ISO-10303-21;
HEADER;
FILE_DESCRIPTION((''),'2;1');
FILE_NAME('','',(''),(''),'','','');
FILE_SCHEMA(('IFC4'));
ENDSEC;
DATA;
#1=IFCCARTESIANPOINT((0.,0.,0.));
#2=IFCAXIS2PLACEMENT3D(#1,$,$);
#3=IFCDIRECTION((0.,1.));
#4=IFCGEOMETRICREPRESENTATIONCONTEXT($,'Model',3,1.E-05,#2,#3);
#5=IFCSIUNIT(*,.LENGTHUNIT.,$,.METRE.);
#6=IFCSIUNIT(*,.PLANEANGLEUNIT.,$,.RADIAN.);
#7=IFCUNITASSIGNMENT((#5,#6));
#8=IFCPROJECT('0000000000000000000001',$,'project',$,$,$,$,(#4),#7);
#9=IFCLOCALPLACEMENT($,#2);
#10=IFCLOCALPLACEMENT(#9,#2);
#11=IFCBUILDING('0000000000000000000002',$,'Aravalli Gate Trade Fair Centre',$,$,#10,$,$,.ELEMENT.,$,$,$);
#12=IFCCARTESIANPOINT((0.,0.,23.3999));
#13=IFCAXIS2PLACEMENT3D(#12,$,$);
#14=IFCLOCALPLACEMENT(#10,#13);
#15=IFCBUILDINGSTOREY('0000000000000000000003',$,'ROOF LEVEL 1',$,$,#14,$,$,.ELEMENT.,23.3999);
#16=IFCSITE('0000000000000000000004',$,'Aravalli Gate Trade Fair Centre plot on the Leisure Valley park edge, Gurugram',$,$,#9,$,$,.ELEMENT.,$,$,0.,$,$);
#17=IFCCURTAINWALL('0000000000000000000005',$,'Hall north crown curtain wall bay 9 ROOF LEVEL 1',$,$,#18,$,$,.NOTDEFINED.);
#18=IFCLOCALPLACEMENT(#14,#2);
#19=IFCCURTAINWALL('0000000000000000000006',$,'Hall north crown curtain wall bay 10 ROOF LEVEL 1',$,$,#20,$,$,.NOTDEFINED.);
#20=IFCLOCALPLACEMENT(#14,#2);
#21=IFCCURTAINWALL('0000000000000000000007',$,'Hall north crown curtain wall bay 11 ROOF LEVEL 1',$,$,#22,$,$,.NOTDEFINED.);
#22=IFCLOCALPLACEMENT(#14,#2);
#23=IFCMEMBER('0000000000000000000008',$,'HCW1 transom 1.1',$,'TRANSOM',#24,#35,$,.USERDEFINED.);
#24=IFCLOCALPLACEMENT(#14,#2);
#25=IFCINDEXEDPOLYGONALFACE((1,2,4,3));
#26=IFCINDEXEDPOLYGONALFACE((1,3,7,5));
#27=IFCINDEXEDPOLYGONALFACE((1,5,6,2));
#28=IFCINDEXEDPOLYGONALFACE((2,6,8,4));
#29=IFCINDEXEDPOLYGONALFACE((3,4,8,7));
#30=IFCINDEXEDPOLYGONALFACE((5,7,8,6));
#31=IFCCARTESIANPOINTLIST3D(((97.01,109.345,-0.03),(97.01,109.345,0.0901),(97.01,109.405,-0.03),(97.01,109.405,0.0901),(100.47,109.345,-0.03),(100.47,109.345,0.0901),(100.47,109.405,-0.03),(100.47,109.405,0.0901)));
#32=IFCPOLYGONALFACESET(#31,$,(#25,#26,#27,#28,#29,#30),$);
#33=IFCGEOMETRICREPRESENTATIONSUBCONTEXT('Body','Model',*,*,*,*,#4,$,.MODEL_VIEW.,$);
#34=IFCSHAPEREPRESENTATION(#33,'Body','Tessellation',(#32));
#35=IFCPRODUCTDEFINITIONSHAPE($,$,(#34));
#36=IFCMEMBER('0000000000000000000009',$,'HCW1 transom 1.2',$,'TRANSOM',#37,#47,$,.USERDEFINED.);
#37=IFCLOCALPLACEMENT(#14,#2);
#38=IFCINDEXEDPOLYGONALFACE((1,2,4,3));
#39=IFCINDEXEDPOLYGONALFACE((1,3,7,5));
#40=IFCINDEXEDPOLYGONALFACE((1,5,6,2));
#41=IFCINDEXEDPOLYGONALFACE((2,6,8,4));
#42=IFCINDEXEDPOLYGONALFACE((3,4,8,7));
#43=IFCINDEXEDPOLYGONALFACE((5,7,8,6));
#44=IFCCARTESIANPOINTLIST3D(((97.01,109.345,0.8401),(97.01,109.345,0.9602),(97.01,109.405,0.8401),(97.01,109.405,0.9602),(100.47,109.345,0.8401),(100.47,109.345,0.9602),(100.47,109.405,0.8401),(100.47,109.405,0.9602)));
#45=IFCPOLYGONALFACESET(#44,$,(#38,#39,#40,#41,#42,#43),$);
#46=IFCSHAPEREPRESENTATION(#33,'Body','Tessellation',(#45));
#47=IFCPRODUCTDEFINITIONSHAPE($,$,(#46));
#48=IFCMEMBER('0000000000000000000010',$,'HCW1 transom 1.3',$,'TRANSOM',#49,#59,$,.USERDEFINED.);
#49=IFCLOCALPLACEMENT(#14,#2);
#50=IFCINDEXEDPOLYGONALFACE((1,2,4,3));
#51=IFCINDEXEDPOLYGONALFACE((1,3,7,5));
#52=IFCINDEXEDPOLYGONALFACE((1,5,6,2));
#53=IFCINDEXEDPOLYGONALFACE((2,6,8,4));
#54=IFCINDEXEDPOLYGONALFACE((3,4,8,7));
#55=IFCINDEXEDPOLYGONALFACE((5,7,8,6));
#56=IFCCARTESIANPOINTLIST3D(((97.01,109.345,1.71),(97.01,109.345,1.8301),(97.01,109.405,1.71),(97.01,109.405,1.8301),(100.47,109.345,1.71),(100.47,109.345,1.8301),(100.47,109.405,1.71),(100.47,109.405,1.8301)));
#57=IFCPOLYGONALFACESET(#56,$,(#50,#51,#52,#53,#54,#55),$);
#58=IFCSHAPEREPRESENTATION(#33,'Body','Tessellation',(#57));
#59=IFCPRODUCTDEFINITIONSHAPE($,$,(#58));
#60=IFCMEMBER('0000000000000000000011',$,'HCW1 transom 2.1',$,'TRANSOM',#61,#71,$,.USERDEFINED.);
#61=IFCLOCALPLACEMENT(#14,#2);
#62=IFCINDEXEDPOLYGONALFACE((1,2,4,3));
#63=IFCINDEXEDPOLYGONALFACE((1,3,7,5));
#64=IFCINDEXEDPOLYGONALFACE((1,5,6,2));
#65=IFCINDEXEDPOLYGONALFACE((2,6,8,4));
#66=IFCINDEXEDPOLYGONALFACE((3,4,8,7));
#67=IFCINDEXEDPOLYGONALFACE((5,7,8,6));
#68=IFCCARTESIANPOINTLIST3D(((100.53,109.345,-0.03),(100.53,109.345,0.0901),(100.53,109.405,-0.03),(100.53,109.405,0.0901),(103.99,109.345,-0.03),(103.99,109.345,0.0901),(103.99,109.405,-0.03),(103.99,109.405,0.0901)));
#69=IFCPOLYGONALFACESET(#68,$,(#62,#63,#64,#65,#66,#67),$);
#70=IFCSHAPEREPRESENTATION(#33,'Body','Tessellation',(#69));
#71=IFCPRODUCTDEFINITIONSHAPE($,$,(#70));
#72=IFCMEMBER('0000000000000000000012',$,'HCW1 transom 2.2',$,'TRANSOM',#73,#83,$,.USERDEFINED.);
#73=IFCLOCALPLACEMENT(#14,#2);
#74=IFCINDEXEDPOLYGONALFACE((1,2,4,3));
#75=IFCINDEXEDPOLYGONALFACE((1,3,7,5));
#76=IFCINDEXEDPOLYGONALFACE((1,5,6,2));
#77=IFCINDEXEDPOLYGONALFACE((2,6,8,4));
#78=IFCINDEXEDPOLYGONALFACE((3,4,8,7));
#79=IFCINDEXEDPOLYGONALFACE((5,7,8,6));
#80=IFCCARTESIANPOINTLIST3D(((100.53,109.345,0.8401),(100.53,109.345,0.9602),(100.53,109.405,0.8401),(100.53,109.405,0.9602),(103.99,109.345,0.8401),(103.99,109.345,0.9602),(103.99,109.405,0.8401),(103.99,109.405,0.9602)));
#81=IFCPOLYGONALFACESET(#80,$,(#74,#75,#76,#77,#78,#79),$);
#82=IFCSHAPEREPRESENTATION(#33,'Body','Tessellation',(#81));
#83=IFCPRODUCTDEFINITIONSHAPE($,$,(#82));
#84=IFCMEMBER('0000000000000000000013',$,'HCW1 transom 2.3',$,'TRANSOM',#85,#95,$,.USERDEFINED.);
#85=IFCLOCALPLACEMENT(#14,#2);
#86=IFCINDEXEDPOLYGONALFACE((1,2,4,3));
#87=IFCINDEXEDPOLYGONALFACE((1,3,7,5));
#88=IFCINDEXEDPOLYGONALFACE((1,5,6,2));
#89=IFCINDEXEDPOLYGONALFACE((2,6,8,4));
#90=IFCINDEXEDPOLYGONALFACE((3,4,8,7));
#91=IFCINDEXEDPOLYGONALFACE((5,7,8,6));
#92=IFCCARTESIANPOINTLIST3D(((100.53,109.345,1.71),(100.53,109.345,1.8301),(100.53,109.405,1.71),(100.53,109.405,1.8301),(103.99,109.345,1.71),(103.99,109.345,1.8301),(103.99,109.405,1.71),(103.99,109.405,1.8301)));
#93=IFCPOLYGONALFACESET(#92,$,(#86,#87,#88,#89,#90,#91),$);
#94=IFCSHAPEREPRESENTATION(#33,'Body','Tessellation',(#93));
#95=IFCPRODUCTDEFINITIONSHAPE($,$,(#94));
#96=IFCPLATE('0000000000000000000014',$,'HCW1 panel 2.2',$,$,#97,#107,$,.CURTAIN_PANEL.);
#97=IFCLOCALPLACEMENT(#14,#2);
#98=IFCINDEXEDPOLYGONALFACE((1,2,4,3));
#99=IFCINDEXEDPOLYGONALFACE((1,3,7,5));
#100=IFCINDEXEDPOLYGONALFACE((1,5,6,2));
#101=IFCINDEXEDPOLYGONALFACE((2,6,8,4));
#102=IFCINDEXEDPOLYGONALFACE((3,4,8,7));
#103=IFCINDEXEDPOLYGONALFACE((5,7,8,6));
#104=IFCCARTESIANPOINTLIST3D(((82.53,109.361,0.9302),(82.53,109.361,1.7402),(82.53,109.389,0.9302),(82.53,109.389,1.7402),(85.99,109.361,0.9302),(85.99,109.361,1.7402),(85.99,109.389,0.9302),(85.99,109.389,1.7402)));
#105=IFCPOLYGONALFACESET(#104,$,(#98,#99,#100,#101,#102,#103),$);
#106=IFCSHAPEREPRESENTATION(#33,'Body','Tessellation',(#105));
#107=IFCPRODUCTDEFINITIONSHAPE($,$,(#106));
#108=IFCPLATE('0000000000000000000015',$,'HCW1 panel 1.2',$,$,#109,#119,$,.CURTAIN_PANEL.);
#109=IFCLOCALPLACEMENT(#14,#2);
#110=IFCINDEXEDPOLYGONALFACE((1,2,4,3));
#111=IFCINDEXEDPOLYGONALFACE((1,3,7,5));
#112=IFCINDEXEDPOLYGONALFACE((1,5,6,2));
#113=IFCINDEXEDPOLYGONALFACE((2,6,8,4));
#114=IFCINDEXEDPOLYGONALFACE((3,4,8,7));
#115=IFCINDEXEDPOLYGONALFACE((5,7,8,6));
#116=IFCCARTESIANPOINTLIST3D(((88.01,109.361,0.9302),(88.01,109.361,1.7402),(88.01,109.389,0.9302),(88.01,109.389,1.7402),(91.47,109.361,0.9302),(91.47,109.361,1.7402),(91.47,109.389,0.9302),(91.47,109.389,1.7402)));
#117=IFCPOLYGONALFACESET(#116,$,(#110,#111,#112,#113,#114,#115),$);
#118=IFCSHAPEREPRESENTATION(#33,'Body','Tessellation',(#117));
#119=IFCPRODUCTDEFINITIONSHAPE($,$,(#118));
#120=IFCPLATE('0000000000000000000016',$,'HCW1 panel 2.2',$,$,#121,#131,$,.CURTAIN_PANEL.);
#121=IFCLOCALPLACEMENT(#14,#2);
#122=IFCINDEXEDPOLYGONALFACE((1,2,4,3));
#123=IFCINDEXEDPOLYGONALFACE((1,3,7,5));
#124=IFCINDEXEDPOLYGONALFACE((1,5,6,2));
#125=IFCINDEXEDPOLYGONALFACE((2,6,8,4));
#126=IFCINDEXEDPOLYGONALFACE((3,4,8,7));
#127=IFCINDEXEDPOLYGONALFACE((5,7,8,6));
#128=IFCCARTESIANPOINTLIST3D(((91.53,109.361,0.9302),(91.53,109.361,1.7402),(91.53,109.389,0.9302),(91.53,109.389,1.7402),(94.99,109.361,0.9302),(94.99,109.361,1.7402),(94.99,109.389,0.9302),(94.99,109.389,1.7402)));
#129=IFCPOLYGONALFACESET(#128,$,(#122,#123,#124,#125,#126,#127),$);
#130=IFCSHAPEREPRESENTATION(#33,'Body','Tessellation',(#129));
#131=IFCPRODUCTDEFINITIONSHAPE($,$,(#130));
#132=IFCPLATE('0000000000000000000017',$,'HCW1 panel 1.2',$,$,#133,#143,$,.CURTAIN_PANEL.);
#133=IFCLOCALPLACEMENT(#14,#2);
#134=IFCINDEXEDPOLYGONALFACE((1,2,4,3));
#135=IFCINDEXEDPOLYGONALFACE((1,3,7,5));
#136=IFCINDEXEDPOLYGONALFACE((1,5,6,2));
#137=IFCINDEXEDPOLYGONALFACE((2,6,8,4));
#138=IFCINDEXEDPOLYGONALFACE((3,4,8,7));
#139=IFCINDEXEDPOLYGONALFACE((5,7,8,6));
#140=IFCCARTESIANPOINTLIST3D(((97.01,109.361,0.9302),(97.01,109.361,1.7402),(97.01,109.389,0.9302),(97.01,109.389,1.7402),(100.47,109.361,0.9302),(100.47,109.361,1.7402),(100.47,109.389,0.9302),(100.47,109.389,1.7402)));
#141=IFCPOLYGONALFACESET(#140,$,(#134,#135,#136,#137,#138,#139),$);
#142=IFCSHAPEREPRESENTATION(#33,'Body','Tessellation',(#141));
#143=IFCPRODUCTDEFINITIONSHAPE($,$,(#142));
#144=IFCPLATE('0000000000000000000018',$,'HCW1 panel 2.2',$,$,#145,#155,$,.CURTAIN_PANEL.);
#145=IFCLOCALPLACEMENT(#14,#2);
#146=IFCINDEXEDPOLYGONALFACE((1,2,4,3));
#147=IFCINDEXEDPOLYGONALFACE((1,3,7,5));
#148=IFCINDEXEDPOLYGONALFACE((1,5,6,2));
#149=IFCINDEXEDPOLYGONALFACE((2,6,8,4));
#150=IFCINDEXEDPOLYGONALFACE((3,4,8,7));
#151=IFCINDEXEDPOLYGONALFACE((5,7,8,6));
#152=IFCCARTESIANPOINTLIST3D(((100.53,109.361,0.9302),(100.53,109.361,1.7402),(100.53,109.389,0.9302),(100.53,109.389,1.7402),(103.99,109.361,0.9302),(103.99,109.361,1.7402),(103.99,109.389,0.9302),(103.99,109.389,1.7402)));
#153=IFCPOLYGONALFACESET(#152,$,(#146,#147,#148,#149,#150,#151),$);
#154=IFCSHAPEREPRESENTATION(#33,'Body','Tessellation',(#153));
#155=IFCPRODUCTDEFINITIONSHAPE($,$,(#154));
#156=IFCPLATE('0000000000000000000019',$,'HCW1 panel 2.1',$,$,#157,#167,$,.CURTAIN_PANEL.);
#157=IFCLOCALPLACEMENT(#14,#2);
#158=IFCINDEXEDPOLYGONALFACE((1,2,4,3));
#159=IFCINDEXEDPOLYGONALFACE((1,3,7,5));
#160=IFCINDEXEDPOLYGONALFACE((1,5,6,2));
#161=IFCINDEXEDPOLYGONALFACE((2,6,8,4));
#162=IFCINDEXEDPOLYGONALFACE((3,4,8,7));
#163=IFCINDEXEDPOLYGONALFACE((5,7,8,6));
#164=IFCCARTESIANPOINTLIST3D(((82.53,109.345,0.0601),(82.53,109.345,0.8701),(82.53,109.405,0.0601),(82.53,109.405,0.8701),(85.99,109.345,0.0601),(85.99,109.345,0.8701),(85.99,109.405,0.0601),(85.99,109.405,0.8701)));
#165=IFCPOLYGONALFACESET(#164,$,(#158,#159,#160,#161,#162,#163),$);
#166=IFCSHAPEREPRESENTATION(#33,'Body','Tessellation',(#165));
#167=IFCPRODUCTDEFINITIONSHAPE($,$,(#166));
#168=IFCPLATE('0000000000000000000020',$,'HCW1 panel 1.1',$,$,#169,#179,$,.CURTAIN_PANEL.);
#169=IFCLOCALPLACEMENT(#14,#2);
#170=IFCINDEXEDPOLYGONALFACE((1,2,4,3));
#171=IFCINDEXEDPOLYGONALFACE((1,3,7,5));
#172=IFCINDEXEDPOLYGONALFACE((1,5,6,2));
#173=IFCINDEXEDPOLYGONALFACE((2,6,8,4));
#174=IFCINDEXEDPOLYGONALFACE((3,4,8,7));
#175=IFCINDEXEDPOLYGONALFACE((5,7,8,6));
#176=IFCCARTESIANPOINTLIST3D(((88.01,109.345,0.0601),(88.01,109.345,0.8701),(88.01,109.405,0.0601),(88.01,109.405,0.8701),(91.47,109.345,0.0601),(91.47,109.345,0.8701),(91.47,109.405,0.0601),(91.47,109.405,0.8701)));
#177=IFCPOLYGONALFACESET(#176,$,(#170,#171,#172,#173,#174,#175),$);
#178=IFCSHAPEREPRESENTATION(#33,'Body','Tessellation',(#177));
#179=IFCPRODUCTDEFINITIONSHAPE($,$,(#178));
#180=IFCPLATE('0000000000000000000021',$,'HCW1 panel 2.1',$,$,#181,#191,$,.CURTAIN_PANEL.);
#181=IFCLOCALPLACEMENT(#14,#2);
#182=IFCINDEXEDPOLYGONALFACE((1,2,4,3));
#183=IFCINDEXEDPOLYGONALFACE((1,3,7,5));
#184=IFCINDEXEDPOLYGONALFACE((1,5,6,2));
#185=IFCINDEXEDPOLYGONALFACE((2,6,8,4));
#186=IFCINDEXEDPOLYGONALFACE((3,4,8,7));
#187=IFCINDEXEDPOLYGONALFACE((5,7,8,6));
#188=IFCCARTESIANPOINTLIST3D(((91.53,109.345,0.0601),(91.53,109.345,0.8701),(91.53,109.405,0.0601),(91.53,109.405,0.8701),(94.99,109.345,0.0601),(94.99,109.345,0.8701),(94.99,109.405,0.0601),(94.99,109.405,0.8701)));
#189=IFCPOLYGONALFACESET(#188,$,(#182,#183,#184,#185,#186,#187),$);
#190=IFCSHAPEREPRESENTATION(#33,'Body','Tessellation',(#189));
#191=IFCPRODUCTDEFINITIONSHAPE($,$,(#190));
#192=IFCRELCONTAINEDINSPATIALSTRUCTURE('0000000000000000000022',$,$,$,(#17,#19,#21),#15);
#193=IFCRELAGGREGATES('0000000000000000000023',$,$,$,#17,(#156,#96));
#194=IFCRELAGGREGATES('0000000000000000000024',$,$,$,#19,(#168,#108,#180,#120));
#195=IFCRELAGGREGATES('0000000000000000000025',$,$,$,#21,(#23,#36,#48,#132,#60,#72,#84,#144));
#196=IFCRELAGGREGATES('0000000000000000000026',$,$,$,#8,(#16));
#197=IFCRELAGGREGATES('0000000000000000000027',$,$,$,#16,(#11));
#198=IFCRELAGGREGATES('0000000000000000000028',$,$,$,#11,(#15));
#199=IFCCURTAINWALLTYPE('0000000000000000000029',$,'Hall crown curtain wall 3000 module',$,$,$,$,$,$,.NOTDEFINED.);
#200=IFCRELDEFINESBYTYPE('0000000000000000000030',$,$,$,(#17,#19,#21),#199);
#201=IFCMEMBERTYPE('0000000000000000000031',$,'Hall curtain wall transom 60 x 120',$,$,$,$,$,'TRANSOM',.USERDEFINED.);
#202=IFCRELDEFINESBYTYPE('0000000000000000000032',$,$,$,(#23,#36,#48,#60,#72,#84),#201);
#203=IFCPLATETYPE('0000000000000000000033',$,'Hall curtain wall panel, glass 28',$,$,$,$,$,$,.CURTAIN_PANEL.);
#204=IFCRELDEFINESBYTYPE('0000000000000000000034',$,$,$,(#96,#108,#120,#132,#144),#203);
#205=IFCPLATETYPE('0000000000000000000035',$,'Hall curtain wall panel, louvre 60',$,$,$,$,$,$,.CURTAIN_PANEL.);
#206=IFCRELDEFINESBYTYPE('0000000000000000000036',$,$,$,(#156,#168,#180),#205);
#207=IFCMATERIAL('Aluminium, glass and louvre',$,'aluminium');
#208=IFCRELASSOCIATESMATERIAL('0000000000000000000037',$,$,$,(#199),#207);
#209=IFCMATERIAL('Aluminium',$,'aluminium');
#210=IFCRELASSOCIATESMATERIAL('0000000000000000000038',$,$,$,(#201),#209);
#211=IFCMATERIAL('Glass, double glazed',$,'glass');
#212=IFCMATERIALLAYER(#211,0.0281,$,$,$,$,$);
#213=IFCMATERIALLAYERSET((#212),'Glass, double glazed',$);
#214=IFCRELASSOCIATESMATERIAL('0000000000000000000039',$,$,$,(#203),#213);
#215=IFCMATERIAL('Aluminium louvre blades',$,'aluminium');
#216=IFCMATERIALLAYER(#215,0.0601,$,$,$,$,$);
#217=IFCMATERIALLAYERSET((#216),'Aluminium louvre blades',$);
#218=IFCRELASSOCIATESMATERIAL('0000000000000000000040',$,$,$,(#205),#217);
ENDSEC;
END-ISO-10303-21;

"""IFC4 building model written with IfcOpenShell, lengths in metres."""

from ifc_helpers import new_model, si_unit, direction, frame, origin, origin_2d, place, context, subcontext, project, spatial, rectangle, extrude, material, layer, layer_set, material_profile, profile_set, type_object, element, aggregate, save


model = new_model("IFC4")

# Units and contexts
model_context = context("Model", 3, precision=1e-05, world=origin(), true_north=direction((0.0, 1.0)))
body_context = subcontext(model_context, "Body", "Model", "MODEL_VIEW")
ifc_project = project(units=[si_unit("LENGTHUNIT", "METRE"), si_unit("PLANEANGLEUNIT", "RADIAN")], contexts=[model_context])

# Site, building, storey
site_placement = place(None, origin())
site = spatial("IfcSite", under=ifc_project, at=site_placement, Name="Aravalli Gate Trade Fair Centre plot on the Leisure Valley park edge, Gurugram", CompositionType="ELEMENT", RefElevation=0.0)
building_placement = place(site_placement, origin())
building = spatial("IfcBuilding", under=site, at=building_placement, Name="Aravalli Gate Trade Fair Centre", CompositionType="ELEMENT")
storey_placement = place(building_placement, frame((0.0, 0.0, 23.3999)))
storey = spatial("IfcBuildingStorey", under=building, at=storey_placement, Name="ROOF LEVEL 1", CompositionType="ELEMENT", Elevation=23.3999)

# Curtain wall
ifc_material_1 = material(Name="Aluminium, glass and louvre", Category="aluminium")
curtain_wall_type = type_object("IfcCurtainWallType", Name="Hall crown curtain wall 3000 module", PredefinedType="NOTDEFINED", material=ifc_material_1)
curtain_wall_1_placement = place(storey_placement, origin())
curtain_wall_1 = element("IfcCurtainWall", 1, at=curtain_wall_1_placement, inside=storey, type_object=curtain_wall_type, Name="Hall north crown curtain wall bay 9 ROOF LEVEL 1", PredefinedType="NOTDEFINED")
ifc_material_2 = material(Name="Aluminium", Category="aluminium")

# Curtain walls
curtain_wall_2_placement = place(storey_placement, origin())
curtain_wall_2 = element("IfcCurtainWall", 2, at=curtain_wall_2_placement, inside=storey, type_object=curtain_wall_type, Name="Hall north crown curtain wall bay 10 ROOF LEVEL 1", PredefinedType="NOTDEFINED")
curtain_wall_3_placement = place(storey_placement, origin())
curtain_wall_3 = element("IfcCurtainWall", 3, at=curtain_wall_3_placement, inside=storey, type_object=curtain_wall_type, Name="Hall north crown curtain wall bay 11 ROOF LEVEL 1", PredefinedType="NOTDEFINED")

# Members
ifc_material_profile_1 = material_profile(ifc_material_2, rectangle(XDim=0.0601, YDim=0.1201, at=origin_2d()), Name="Hall curtain wall transom 60 x 120")
ifc_profile_set_1 = profile_set([ifc_material_profile_1], Name="Aluminium")
member_type_1 = type_object("IfcMemberType", Name="Hall curtain wall transom 60 x 120", ElementType="TRANSOM", PredefinedType="USERDEFINED", material=ifc_profile_set_1)
member_1_placement = place(storey_placement, frame((97.01, 109.375, 0.03), z_axis=(1.0, 0.0, 0.0), x_axis=(0.0, 1.0, 0.0)))
member_1 = element("IfcMember", 4, at=member_1_placement, type_object=member_type_1, Name="HCW1 transom 1.1", ObjectType="TRANSOM", PredefinedType="USERDEFINED", context=body_context, shape_type="SweptSolid", body=[
    extrude(rectangle(XDim=0.0601, YDim=0.1201, at=origin_2d()), origin(), (0.0, 0.0, 1.0), 3.46),
])
member_2_placement = place(storey_placement, frame((97.01, 109.375, 0.9001), z_axis=(1.0, 0.0, 0.0), x_axis=(0.0, 1.0, 0.0)))
member_2 = element("IfcMember", 5, at=member_2_placement, type_object=member_type_1, Name="HCW1 transom 1.2", ObjectType="TRANSOM", PredefinedType="USERDEFINED", context=body_context, shape_type="SweptSolid", body=[
    extrude(rectangle(XDim=0.0601, YDim=0.1201, at=origin_2d()), origin(), (0.0, 0.0, 1.0), 3.46),
])
member_3_placement = place(storey_placement, frame((97.01, 109.375, 1.77), z_axis=(1.0, 0.0, 0.0), x_axis=(0.0, 1.0, 0.0)))
member_3 = element("IfcMember", 6, at=member_3_placement, type_object=member_type_1, Name="HCW1 transom 1.3", ObjectType="TRANSOM", PredefinedType="USERDEFINED", context=body_context, shape_type="SweptSolid", body=[
    extrude(rectangle(XDim=0.0601, YDim=0.1201, at=origin_2d()), origin(), (0.0, 0.0, 1.0), 3.46),
])
member_4_placement = place(storey_placement, frame((100.53, 109.375, 0.03), z_axis=(1.0, 0.0, 0.0), x_axis=(0.0, 1.0, 0.0)))
member_4 = element("IfcMember", 7, at=member_4_placement, type_object=member_type_1, Name="HCW1 transom 2.1", ObjectType="TRANSOM", PredefinedType="USERDEFINED", context=body_context, shape_type="SweptSolid", body=[
    extrude(rectangle(XDim=0.0601, YDim=0.1201, at=origin_2d()), origin(), (0.0, 0.0, 1.0), 3.46),
])
member_5_placement = place(storey_placement, frame((100.53, 109.375, 0.9001), z_axis=(1.0, 0.0, 0.0), x_axis=(0.0, 1.0, 0.0)))
member_5 = element("IfcMember", 8, at=member_5_placement, type_object=member_type_1, Name="HCW1 transom 2.2", ObjectType="TRANSOM", PredefinedType="USERDEFINED", context=body_context, shape_type="SweptSolid", body=[
    extrude(rectangle(XDim=0.0601, YDim=0.1201, at=origin_2d()), origin(), (0.0, 0.0, 1.0), 3.46),
])
member_6_placement = place(storey_placement, frame((100.53, 109.375, 1.77), z_axis=(1.0, 0.0, 0.0), x_axis=(0.0, 1.0, 0.0)))
member_6 = element("IfcMember", 9, at=member_6_placement, type_object=member_type_1, Name="HCW1 transom 2.3", ObjectType="TRANSOM", PredefinedType="USERDEFINED", context=body_context, shape_type="SweptSolid", body=[
    extrude(rectangle(XDim=0.0601, YDim=0.1201, at=origin_2d()), origin(), (0.0, 0.0, 1.0), 3.46),
])

# Plates
ifc_material_3 = material(Name="Glass, double glazed", Category="glass")
ifc_layer_1 = layer(ifc_material_3, 0.0281)
ifc_layer_set_1 = layer_set([ifc_layer_1], Name="Glass, double glazed")
plate_type_1 = type_object("IfcPlateType", Name="Hall curtain wall panel, glass 28", PredefinedType="CURTAIN_PANEL", material=ifc_layer_set_1)
plate_1_placement = place(storey_placement, frame((84.26, 109.375, 0.9302), z_axis=(0.0, 0.0, 1.0), x_axis=(1.0, 0.0, 0.0)))
plate_1 = element("IfcPlate", 10, at=plate_1_placement, type_object=plate_type_1, Name="HCW1 panel 2.2", PredefinedType="CURTAIN_PANEL", context=body_context, shape_type="SweptSolid", body=[
    extrude(rectangle(XDim=3.46, YDim=0.0281, at=origin_2d()), origin(), (0.0, 0.0, 1.0), 0.8101),
])
plate_2_placement = place(storey_placement, frame((89.74, 109.375, 0.9302), z_axis=(0.0, 0.0, 1.0), x_axis=(1.0, 0.0, 0.0)))
plate_2 = element("IfcPlate", 11, at=plate_2_placement, type_object=plate_type_1, Name="HCW1 panel 1.2", PredefinedType="CURTAIN_PANEL", context=body_context, shape_type="SweptSolid", body=[
    extrude(rectangle(XDim=3.46, YDim=0.0281, at=origin_2d()), origin(), (0.0, 0.0, 1.0), 0.8101),
])
plate_3_placement = place(storey_placement, frame((93.26, 109.375, 0.9302), z_axis=(0.0, 0.0, 1.0), x_axis=(1.0, 0.0, 0.0)))
plate_3 = element("IfcPlate", 12, at=plate_3_placement, type_object=plate_type_1, Name="HCW1 panel 2.2", PredefinedType="CURTAIN_PANEL", context=body_context, shape_type="SweptSolid", body=[
    extrude(rectangle(XDim=3.46, YDim=0.0281, at=origin_2d()), origin(), (0.0, 0.0, 1.0), 0.8101),
])
plate_4_placement = place(storey_placement, frame((98.74, 109.375, 0.9302), z_axis=(0.0, 0.0, 1.0), x_axis=(1.0, 0.0, 0.0)))
plate_4 = element("IfcPlate", 13, at=plate_4_placement, type_object=plate_type_1, Name="HCW1 panel 1.2", PredefinedType="CURTAIN_PANEL", context=body_context, shape_type="SweptSolid", body=[
    extrude(rectangle(XDim=3.46, YDim=0.0281, at=origin_2d()), origin(), (0.0, 0.0, 1.0), 0.8101),
])
plate_5_placement = place(storey_placement, frame((102.26, 109.375, 0.9302), z_axis=(0.0, 0.0, 1.0), x_axis=(1.0, 0.0, 0.0)))
plate_5 = element("IfcPlate", 14, at=plate_5_placement, type_object=plate_type_1, Name="HCW1 panel 2.2", PredefinedType="CURTAIN_PANEL", context=body_context, shape_type="SweptSolid", body=[
    extrude(rectangle(XDim=3.46, YDim=0.0281, at=origin_2d()), origin(), (0.0, 0.0, 1.0), 0.8101),
])
ifc_material_4 = material(Name="Aluminium louvre blades", Category="aluminium")
ifc_layer_2 = layer(ifc_material_4, 0.0601)
ifc_layer_set_2 = layer_set([ifc_layer_2], Name="Aluminium louvre blades")
plate_type_2 = type_object("IfcPlateType", Name="Hall curtain wall panel, louvre 60", PredefinedType="CURTAIN_PANEL", material=ifc_layer_set_2)
plate_6_placement = place(storey_placement, frame((84.26, 109.375, 0.0601), z_axis=(0.0, 0.0, 1.0), x_axis=(1.0, 0.0, 0.0)))
plate_6 = element("IfcPlate", 15, at=plate_6_placement, type_object=plate_type_2, Name="HCW1 panel 2.1", PredefinedType="CURTAIN_PANEL", context=body_context, shape_type="SweptSolid", body=[
    extrude(rectangle(XDim=3.46, YDim=0.0601, at=origin_2d()), origin(), (0.0, 0.0, 1.0), 0.8101),
])
aggregate(curtain_wall_1, [plate_6, plate_1])
plate_7_placement = place(storey_placement, frame((89.74, 109.375, 0.0601), z_axis=(0.0, 0.0, 1.0), x_axis=(1.0, 0.0, 0.0)))
plate_7 = element("IfcPlate", 16, at=plate_7_placement, type_object=plate_type_2, Name="HCW1 panel 1.1", PredefinedType="CURTAIN_PANEL", context=body_context, shape_type="SweptSolid", body=[
    extrude(rectangle(XDim=3.46, YDim=0.0601, at=origin_2d()), origin(), (0.0, 0.0, 1.0), 0.8101),
])
plate_8_placement = place(storey_placement, frame((93.26, 109.375, 0.0601), z_axis=(0.0, 0.0, 1.0), x_axis=(1.0, 0.0, 0.0)))
plate_8 = element("IfcPlate", 17, at=plate_8_placement, type_object=plate_type_2, Name="HCW1 panel 2.1", PredefinedType="CURTAIN_PANEL", context=body_context, shape_type="SweptSolid", body=[
    extrude(rectangle(XDim=3.46, YDim=0.0601, at=origin_2d()), origin(), (0.0, 0.0, 1.0), 0.8101),
])
aggregate(curtain_wall_2, [plate_7, plate_2, plate_8, plate_3])
aggregate(curtain_wall_3, [member_1, member_2, member_3, plate_4, member_4, member_5, member_6, plate_5])

save(model, "model.ifc")
